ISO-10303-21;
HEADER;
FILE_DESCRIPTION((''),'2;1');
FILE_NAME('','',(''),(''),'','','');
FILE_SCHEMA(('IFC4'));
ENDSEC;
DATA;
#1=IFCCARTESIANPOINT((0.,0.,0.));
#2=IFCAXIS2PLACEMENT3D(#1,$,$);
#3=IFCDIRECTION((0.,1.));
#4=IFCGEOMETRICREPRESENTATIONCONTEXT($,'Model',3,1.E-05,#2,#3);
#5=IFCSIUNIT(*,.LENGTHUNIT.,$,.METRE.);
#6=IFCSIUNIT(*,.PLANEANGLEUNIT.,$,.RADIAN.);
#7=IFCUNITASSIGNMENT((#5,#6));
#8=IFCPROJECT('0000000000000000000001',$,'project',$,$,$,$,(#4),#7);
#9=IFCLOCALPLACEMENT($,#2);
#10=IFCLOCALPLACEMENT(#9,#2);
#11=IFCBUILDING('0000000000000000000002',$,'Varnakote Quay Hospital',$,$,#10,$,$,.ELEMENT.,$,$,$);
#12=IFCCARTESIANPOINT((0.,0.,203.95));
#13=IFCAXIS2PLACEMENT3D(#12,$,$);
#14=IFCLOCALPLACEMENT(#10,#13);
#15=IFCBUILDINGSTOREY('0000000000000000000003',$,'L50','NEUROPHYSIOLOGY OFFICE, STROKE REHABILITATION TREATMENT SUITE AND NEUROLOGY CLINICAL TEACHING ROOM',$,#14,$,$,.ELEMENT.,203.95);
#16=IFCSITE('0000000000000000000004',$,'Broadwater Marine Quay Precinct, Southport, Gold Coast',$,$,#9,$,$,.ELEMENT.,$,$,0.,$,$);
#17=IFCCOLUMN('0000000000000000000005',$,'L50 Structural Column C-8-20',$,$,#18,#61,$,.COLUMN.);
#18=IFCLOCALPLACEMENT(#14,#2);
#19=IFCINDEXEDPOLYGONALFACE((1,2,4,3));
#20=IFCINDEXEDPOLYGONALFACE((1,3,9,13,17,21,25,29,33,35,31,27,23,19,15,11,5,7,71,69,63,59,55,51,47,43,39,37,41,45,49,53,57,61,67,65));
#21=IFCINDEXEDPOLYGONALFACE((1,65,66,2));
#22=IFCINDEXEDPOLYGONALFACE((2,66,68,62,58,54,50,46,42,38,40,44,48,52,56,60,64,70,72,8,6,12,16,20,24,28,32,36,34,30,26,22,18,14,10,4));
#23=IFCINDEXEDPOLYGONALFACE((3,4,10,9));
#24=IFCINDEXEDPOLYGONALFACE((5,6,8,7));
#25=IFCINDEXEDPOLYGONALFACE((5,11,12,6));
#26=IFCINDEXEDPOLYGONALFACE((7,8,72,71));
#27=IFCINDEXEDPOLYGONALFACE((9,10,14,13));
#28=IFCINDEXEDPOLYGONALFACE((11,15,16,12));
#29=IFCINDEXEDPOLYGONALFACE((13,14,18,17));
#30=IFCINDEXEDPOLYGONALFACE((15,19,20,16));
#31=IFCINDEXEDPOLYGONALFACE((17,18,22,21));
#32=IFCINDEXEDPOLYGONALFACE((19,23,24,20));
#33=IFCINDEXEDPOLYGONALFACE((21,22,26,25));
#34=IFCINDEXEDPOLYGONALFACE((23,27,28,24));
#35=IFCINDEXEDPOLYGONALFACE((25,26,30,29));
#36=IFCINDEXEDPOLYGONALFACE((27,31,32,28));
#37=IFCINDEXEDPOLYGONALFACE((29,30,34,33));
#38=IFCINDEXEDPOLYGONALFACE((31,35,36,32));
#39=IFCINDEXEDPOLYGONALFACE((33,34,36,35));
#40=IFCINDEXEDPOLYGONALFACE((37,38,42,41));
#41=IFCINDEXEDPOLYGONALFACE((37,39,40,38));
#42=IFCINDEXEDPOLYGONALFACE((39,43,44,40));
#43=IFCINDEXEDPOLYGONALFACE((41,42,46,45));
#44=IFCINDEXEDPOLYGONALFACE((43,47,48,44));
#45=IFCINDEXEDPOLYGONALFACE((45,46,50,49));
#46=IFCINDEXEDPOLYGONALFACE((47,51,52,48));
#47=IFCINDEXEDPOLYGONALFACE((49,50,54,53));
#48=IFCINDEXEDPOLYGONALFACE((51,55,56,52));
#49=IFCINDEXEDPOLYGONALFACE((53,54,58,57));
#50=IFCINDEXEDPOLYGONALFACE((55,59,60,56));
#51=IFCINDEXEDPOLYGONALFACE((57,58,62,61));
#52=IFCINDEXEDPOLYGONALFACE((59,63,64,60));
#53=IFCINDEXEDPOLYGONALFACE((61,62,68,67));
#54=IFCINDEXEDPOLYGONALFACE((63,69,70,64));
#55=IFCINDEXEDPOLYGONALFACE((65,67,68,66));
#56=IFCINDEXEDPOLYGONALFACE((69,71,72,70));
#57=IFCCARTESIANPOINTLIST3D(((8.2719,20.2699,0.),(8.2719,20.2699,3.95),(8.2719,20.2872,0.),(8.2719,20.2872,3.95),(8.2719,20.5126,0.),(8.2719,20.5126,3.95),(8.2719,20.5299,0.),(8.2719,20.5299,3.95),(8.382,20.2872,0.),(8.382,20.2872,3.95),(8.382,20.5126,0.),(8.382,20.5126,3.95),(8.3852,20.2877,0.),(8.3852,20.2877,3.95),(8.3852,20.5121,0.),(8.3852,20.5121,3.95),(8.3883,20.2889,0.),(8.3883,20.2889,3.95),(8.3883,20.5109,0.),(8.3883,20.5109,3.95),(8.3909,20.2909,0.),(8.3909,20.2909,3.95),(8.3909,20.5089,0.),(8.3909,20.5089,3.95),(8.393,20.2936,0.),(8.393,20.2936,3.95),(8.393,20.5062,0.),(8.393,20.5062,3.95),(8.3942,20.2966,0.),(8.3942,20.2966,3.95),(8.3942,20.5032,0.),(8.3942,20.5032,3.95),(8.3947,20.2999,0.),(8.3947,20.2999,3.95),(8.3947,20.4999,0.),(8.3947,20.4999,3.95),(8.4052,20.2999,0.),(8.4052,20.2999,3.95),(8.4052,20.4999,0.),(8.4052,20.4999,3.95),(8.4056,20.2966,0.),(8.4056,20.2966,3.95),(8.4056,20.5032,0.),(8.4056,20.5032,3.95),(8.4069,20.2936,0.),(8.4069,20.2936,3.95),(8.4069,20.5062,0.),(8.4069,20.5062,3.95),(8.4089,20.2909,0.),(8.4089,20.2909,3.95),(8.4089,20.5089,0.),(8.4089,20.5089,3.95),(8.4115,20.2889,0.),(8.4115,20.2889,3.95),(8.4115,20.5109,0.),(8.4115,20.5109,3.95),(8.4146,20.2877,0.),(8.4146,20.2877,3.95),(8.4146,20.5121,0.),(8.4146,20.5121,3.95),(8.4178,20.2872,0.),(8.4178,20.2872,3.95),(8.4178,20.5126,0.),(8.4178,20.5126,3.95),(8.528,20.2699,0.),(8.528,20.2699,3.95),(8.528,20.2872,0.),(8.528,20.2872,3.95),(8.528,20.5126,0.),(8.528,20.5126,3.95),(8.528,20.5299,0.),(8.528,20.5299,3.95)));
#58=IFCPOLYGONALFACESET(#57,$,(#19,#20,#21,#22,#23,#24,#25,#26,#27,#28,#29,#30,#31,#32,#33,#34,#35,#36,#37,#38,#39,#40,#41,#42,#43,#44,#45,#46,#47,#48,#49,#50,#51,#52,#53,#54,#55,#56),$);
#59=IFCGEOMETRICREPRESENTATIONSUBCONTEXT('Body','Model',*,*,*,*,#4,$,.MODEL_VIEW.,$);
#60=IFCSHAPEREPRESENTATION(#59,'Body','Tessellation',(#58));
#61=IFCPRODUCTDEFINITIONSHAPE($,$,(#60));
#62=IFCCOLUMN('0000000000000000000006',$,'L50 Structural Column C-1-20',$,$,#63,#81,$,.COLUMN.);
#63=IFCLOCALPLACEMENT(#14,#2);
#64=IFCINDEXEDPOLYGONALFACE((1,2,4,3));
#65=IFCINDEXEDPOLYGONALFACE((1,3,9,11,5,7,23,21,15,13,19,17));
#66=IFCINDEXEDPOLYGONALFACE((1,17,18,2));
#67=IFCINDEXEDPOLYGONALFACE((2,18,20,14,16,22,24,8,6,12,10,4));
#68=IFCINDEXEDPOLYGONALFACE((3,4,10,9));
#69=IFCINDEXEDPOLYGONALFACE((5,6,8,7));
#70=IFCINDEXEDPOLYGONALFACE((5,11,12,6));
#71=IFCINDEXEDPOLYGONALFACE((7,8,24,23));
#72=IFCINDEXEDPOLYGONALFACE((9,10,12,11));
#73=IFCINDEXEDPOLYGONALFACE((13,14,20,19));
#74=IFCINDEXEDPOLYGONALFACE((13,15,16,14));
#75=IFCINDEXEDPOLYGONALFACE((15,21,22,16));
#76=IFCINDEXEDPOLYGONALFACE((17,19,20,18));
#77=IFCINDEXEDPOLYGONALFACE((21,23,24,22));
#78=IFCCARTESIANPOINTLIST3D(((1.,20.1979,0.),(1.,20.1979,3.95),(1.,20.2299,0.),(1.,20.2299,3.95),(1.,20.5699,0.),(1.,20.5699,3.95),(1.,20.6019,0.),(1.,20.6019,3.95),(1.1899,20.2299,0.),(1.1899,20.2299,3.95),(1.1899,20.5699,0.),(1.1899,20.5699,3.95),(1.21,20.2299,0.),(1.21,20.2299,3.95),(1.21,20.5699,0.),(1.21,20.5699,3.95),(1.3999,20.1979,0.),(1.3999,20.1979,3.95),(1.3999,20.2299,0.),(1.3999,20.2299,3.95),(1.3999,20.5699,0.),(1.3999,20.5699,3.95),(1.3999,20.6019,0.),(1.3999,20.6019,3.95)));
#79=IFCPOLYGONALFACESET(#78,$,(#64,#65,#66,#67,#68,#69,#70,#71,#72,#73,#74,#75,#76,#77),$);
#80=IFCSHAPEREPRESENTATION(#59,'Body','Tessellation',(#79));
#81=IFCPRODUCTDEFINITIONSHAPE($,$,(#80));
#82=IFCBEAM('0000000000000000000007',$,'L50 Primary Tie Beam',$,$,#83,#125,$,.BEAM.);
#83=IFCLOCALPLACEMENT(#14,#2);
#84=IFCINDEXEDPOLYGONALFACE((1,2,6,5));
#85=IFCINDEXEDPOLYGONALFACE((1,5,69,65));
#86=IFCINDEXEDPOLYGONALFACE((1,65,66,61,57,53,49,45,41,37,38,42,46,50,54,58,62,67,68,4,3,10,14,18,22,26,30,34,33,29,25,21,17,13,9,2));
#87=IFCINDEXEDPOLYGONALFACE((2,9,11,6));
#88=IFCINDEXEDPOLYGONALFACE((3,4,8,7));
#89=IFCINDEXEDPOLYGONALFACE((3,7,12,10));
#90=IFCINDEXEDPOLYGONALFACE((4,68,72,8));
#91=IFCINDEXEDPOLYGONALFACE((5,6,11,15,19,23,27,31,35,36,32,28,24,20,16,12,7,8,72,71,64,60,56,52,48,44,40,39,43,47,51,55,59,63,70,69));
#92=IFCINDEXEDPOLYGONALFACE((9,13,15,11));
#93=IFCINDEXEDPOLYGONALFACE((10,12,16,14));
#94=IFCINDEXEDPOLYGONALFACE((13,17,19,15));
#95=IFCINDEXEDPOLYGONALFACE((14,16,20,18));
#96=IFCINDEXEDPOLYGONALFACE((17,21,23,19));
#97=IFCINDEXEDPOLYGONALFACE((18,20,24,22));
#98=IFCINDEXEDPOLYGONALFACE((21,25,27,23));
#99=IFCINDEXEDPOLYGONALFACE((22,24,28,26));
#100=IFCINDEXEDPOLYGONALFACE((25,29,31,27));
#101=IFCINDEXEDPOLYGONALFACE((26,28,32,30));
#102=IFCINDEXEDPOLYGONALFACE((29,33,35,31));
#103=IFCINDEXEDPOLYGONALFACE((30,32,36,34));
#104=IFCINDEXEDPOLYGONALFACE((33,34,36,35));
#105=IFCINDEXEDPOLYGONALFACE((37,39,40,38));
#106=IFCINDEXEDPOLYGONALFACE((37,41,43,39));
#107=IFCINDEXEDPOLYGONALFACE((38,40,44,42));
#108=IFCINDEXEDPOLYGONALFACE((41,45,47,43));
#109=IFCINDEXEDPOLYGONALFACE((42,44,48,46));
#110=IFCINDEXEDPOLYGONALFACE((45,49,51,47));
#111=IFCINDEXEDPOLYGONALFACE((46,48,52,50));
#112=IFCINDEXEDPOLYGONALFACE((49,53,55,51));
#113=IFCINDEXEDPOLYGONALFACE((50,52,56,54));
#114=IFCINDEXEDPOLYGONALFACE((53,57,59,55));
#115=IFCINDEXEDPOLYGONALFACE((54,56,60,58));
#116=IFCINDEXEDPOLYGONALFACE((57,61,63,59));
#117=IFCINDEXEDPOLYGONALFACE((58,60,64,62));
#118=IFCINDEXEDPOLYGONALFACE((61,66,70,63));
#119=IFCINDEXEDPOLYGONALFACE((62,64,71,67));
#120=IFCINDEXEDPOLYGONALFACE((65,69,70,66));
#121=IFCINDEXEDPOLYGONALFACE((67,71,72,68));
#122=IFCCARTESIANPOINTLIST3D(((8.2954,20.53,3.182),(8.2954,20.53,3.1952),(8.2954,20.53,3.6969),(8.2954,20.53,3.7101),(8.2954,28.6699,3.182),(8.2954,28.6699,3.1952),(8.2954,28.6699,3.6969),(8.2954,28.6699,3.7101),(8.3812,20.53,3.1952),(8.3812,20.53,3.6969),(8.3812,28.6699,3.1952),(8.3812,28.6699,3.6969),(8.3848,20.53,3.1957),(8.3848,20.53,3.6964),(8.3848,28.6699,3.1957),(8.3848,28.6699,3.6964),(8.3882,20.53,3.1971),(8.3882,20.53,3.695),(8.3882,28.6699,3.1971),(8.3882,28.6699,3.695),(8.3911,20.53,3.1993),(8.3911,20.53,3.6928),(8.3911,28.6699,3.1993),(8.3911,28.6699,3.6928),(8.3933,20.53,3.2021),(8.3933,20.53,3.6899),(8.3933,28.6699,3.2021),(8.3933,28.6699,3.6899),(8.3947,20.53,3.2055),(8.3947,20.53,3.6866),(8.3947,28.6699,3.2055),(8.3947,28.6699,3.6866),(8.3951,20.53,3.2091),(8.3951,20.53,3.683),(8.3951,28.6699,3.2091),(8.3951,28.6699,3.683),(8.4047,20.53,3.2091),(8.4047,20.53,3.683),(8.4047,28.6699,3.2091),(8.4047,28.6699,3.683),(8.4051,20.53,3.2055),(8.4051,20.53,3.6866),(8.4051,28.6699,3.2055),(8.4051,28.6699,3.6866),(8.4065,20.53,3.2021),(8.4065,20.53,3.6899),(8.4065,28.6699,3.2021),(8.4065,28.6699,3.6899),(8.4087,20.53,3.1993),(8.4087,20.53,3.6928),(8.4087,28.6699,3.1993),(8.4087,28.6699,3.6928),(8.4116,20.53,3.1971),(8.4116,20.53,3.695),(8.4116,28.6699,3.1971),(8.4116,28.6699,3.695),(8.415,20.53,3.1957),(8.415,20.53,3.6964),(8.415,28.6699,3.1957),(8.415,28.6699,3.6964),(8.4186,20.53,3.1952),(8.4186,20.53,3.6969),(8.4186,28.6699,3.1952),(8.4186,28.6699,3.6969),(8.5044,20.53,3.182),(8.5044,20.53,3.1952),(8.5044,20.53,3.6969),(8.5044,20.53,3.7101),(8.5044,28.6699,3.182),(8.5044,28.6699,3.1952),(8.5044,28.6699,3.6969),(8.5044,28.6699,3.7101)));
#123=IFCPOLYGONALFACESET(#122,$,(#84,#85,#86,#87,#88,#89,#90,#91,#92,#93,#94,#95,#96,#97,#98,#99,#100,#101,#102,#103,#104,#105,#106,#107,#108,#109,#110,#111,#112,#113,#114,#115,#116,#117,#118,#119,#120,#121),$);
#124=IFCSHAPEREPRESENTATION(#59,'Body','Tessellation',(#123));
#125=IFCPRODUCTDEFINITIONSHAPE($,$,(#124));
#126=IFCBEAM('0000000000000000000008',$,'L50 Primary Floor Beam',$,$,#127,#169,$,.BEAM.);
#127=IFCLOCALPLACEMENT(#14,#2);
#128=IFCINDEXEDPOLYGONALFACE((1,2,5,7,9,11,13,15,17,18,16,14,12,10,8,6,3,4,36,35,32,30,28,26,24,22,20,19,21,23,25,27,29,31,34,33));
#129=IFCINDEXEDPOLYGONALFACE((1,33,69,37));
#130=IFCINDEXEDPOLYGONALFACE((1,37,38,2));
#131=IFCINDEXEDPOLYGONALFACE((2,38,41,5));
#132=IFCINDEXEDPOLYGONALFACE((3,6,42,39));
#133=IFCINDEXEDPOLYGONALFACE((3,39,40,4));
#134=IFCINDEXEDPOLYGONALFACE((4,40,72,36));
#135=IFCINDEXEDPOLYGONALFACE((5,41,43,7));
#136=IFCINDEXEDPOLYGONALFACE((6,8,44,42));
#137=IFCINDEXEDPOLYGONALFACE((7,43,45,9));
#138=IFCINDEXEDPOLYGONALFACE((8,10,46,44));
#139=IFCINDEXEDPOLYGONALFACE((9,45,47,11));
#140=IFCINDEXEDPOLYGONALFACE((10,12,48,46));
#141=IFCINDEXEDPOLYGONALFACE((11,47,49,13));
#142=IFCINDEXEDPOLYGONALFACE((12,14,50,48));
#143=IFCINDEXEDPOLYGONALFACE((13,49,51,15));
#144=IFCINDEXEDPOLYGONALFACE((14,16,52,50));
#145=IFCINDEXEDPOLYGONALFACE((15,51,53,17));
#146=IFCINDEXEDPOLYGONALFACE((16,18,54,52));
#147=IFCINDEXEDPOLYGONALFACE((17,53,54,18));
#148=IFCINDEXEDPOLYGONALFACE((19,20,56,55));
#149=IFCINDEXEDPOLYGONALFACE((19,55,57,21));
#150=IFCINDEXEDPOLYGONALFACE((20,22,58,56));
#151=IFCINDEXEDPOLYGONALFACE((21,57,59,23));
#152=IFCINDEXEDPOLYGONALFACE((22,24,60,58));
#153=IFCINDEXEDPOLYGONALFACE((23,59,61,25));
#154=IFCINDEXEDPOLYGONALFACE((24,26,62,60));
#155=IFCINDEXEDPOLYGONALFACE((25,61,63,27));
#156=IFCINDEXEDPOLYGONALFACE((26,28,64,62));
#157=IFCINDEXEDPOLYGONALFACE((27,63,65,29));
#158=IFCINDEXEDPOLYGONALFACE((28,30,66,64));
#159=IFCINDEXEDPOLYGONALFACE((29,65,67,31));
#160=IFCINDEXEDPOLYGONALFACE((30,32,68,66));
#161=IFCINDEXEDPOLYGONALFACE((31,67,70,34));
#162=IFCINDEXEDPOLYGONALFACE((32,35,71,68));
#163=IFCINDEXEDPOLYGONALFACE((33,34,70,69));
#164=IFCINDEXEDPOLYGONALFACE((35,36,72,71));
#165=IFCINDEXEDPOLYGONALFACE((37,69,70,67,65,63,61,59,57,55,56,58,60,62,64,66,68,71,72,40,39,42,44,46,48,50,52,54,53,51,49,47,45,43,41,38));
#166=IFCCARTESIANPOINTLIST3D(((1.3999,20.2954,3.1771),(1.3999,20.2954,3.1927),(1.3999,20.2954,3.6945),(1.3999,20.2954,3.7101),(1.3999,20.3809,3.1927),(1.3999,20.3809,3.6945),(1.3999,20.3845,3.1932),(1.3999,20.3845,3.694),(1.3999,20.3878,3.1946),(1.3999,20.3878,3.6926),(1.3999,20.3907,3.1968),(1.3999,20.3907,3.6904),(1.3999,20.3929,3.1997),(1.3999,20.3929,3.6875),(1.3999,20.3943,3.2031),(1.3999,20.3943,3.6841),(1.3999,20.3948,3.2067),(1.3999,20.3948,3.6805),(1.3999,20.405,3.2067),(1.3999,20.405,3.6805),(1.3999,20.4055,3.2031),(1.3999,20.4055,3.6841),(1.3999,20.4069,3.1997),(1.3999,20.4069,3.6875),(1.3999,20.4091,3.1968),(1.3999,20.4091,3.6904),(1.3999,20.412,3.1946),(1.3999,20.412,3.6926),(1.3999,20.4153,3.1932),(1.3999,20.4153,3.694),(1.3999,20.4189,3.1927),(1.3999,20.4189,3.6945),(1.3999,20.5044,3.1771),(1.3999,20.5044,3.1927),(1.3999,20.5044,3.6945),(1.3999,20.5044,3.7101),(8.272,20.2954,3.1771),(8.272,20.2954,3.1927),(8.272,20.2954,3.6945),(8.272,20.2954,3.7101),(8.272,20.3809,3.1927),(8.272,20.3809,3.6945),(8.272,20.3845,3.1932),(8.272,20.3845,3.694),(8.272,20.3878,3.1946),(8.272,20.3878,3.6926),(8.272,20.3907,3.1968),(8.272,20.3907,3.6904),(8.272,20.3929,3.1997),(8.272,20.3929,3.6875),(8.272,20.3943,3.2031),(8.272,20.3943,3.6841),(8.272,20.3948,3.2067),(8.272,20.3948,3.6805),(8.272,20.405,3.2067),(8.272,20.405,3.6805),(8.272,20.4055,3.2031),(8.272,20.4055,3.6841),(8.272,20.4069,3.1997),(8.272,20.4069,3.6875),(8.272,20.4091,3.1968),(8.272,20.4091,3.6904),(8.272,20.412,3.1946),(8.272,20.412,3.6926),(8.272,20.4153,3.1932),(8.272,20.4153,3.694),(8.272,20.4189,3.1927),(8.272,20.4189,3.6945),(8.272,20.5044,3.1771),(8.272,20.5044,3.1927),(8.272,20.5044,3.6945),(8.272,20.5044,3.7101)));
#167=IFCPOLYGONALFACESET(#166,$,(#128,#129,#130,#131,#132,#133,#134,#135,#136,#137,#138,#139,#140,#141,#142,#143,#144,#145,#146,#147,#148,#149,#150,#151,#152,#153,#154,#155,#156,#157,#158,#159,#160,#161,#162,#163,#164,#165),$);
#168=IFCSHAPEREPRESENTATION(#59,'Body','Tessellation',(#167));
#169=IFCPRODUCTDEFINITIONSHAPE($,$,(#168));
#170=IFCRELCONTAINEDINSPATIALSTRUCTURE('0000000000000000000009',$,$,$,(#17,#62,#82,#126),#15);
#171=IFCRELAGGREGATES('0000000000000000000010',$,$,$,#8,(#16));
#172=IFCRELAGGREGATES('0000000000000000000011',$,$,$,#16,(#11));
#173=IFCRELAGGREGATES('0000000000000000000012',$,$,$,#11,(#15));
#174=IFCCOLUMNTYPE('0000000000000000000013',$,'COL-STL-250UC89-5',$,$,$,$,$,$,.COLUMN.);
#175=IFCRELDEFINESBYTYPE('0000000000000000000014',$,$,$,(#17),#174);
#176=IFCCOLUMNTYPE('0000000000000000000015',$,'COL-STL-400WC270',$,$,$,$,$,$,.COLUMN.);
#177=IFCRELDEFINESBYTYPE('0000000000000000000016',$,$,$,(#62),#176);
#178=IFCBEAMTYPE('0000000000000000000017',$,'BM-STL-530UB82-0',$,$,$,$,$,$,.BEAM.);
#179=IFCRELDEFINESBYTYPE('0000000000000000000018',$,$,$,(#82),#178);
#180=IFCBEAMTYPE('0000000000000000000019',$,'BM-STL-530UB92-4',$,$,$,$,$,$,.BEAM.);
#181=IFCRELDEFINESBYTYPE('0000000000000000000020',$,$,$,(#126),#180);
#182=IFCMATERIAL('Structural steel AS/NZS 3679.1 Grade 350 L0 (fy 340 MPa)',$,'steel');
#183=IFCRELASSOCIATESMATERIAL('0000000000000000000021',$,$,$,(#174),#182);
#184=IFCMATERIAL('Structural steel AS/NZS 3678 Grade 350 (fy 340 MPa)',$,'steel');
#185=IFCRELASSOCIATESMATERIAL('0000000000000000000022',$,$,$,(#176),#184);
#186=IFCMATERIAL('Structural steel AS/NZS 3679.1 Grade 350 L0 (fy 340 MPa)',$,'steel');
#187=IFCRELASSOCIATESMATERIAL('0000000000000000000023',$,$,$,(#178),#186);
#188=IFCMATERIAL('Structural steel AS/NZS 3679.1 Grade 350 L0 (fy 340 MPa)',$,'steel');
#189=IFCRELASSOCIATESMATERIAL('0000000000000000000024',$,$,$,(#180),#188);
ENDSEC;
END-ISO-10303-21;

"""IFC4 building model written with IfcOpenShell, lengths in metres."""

from ifc_helpers import new_model, si_unit, direction, frame, origin, origin_2d, place, context, subcontext, project, spatial, i_section, extrude, material, material_profile, profile_set, type_object, element, save


model = new_model("IFC4")

# Units and contexts
model_context = context("Model", 3, precision=1e-05, world=origin(), true_north=direction((0.0, 1.0)))
body_context = subcontext(model_context, "Body", "Model", "MODEL_VIEW")
ifc_project = project(units=[si_unit("LENGTHUNIT", "METRE"), si_unit("PLANEANGLEUNIT", "RADIAN")], contexts=[model_context])

# Site, building, storey
site_placement = place(None, origin())
site = spatial("IfcSite", under=ifc_project, at=site_placement, Name="Broadwater Marine Quay Precinct, Southport, Gold Coast", CompositionType="ELEMENT", RefElevation=0.0)
building_placement = place(site_placement, origin())
building = spatial("IfcBuilding", under=site, at=building_placement, Name="Varnakote Quay Hospital", CompositionType="ELEMENT")
storey_placement = place(building_placement, frame((0.0, 0.0, 203.95)))
storey = spatial("IfcBuildingStorey", under=building, at=storey_placement, Name="L50", Description="NEUROPHYSIOLOGY OFFICE, STROKE REHABILITATION TREATMENT SUITE AND NEUROLOGY CLINICAL TEACHING ROOM", CompositionType="ELEMENT", Elevation=203.95)

# Columns
ifc_material_1 = material(Name="Structural steel AS/NZS 3679.1 Grade 350 L0 (fy 340 MPa)", Category="steel")
ifc_material_profile_1 = material_profile(ifc_material_1, i_section(OverallWidth=0.2561, OverallDepth=0.26, WebThickness=0.0105, FlangeThickness=0.0173, FilletRadius=0.0127, at=origin_2d()), Name="250UC89.5")
ifc_profile_set_1 = profile_set([ifc_material_profile_1], Name="Structural steel AS/NZS 3679.1 Grade 350 L0 (fy 340 MPa)")
column_type_1 = type_object("IfcColumnType", Name="COL-STL-250UC89-5", PredefinedType="COLUMN", material=ifc_profile_set_1)
column_1_placement = place(storey_placement, frame((8.3999, 20.3999, 0.0), z_axis=(0.0, 0.0, 1.0), x_axis=(1.0, 0.0, 0.0)))
element("IfcColumn", 1, at=column_1_placement, inside=storey, type_object=column_type_1, Name="L50 Structural Column C-8-20", PredefinedType="COLUMN", context=body_context, shape_type="SweptSolid", body=[
    extrude(i_section(OverallWidth=0.2561, OverallDepth=0.26, WebThickness=0.0105, FlangeThickness=0.0173, FilletRadius=0.0127, at=origin_2d()), origin(), (0.0, 0.0, 1.0), 3.95),
])
ifc_material_2 = material(Name="Structural steel AS/NZS 3678 Grade 350 (fy 340 MPa)", Category="steel")
ifc_material_profile_2 = material_profile(ifc_material_2, i_section(OverallWidth=0.3999, OverallDepth=0.4041, WebThickness=0.02, FlangeThickness=0.032, at=origin_2d()), Name="400WC270")
ifc_profile_set_2 = profile_set([ifc_material_profile_2], Name="Structural steel AS/NZS 3678 Grade 350 (fy 340 MPa)")
column_type_2 = type_object("IfcColumnType", Name="COL-STL-400WC270", PredefinedType="COLUMN", material=ifc_profile_set_2)
column_2_placement = place(storey_placement, frame((1.2, 20.3999, 0.0), z_axis=(0.0, 0.0, 1.0), x_axis=(1.0, 0.0, 0.0)))
element("IfcColumn", 2, at=column_2_placement, inside=storey, type_object=column_type_2, Name="L50 Structural Column C-1-20", PredefinedType="COLUMN", context=body_context, shape_type="SweptSolid", body=[
    extrude(i_section(OverallWidth=0.3999, OverallDepth=0.4041, WebThickness=0.02, FlangeThickness=0.032, at=origin_2d()), origin(), (0.0, 0.0, 1.0), 3.95),
])

# Beams
ifc_material_3 = material(Name="Structural steel AS/NZS 3679.1 Grade 350 L0 (fy 340 MPa)", Category="steel")
ifc_material_profile_3 = material_profile(ifc_material_3, i_section(OverallWidth=0.209, OverallDepth=0.5281, WebThickness=0.0095, FlangeThickness=0.0132, FilletRadius=0.0139, at=origin_2d()), Name="530UB82.0")
ifc_profile_set_3 = profile_set([ifc_material_profile_3], Name="Structural steel AS/NZS 3679.1 Grade 350 L0 (fy 340 MPa)")
beam_type_1 = type_object("IfcBeamType", Name="BM-STL-530UB82-0", PredefinedType="BEAM", material=ifc_profile_set_3)
beam_1_placement = place(storey_placement, frame((8.3999, 20.53, 3.446), z_axis=(0.0, 1.0, 0.0), x_axis=(-1.0, 0.0, 0.0)))
element("IfcBeam", 3, at=beam_1_placement, inside=storey, type_object=beam_type_1, Name="L50 Primary Tie Beam", PredefinedType="BEAM", context=body_context, shape_type="SweptSolid", body=[
    extrude(i_section(OverallWidth=0.209, OverallDepth=0.5281, WebThickness=0.0095, FlangeThickness=0.0132, FilletRadius=0.0139, at=origin_2d()), origin(), (0.0, 0.0, 1.0), 8.1399),
])
ifc_material_4 = material(Name="Structural steel AS/NZS 3679.1 Grade 350 L0 (fy 340 MPa)", Category="steel")
ifc_material_profile_4 = material_profile(ifc_material_4, i_section(OverallWidth=0.209, OverallDepth=0.533, WebThickness=0.0103, FlangeThickness=0.0156, FilletRadius=0.0139, at=origin_2d()), Name="530UB92.4")
ifc_profile_set_4 = profile_set([ifc_material_profile_4], Name="Structural steel AS/NZS 3679.1 Grade 350 L0 (fy 340 MPa)")
beam_type_2 = type_object("IfcBeamType", Name="BM-STL-530UB92-4", PredefinedType="BEAM", material=ifc_profile_set_4)
beam_2_placement = place(storey_placement, frame((1.3999, 20.3999, 3.4436), z_axis=(1.0, 0.0, 0.0), x_axis=(0.0, 1.0, 0.0)))
element("IfcBeam", 4, at=beam_2_placement, inside=storey, type_object=beam_type_2, Name="L50 Primary Floor Beam", PredefinedType="BEAM", context=body_context, shape_type="SweptSolid", body=[
    extrude(i_section(OverallWidth=0.209, OverallDepth=0.533, WebThickness=0.0103, FlangeThickness=0.0156, FilletRadius=0.0139, at=origin_2d()), origin(), (0.0, 0.0, 1.0), 6.8721),
])

save(model, "model.ifc")
